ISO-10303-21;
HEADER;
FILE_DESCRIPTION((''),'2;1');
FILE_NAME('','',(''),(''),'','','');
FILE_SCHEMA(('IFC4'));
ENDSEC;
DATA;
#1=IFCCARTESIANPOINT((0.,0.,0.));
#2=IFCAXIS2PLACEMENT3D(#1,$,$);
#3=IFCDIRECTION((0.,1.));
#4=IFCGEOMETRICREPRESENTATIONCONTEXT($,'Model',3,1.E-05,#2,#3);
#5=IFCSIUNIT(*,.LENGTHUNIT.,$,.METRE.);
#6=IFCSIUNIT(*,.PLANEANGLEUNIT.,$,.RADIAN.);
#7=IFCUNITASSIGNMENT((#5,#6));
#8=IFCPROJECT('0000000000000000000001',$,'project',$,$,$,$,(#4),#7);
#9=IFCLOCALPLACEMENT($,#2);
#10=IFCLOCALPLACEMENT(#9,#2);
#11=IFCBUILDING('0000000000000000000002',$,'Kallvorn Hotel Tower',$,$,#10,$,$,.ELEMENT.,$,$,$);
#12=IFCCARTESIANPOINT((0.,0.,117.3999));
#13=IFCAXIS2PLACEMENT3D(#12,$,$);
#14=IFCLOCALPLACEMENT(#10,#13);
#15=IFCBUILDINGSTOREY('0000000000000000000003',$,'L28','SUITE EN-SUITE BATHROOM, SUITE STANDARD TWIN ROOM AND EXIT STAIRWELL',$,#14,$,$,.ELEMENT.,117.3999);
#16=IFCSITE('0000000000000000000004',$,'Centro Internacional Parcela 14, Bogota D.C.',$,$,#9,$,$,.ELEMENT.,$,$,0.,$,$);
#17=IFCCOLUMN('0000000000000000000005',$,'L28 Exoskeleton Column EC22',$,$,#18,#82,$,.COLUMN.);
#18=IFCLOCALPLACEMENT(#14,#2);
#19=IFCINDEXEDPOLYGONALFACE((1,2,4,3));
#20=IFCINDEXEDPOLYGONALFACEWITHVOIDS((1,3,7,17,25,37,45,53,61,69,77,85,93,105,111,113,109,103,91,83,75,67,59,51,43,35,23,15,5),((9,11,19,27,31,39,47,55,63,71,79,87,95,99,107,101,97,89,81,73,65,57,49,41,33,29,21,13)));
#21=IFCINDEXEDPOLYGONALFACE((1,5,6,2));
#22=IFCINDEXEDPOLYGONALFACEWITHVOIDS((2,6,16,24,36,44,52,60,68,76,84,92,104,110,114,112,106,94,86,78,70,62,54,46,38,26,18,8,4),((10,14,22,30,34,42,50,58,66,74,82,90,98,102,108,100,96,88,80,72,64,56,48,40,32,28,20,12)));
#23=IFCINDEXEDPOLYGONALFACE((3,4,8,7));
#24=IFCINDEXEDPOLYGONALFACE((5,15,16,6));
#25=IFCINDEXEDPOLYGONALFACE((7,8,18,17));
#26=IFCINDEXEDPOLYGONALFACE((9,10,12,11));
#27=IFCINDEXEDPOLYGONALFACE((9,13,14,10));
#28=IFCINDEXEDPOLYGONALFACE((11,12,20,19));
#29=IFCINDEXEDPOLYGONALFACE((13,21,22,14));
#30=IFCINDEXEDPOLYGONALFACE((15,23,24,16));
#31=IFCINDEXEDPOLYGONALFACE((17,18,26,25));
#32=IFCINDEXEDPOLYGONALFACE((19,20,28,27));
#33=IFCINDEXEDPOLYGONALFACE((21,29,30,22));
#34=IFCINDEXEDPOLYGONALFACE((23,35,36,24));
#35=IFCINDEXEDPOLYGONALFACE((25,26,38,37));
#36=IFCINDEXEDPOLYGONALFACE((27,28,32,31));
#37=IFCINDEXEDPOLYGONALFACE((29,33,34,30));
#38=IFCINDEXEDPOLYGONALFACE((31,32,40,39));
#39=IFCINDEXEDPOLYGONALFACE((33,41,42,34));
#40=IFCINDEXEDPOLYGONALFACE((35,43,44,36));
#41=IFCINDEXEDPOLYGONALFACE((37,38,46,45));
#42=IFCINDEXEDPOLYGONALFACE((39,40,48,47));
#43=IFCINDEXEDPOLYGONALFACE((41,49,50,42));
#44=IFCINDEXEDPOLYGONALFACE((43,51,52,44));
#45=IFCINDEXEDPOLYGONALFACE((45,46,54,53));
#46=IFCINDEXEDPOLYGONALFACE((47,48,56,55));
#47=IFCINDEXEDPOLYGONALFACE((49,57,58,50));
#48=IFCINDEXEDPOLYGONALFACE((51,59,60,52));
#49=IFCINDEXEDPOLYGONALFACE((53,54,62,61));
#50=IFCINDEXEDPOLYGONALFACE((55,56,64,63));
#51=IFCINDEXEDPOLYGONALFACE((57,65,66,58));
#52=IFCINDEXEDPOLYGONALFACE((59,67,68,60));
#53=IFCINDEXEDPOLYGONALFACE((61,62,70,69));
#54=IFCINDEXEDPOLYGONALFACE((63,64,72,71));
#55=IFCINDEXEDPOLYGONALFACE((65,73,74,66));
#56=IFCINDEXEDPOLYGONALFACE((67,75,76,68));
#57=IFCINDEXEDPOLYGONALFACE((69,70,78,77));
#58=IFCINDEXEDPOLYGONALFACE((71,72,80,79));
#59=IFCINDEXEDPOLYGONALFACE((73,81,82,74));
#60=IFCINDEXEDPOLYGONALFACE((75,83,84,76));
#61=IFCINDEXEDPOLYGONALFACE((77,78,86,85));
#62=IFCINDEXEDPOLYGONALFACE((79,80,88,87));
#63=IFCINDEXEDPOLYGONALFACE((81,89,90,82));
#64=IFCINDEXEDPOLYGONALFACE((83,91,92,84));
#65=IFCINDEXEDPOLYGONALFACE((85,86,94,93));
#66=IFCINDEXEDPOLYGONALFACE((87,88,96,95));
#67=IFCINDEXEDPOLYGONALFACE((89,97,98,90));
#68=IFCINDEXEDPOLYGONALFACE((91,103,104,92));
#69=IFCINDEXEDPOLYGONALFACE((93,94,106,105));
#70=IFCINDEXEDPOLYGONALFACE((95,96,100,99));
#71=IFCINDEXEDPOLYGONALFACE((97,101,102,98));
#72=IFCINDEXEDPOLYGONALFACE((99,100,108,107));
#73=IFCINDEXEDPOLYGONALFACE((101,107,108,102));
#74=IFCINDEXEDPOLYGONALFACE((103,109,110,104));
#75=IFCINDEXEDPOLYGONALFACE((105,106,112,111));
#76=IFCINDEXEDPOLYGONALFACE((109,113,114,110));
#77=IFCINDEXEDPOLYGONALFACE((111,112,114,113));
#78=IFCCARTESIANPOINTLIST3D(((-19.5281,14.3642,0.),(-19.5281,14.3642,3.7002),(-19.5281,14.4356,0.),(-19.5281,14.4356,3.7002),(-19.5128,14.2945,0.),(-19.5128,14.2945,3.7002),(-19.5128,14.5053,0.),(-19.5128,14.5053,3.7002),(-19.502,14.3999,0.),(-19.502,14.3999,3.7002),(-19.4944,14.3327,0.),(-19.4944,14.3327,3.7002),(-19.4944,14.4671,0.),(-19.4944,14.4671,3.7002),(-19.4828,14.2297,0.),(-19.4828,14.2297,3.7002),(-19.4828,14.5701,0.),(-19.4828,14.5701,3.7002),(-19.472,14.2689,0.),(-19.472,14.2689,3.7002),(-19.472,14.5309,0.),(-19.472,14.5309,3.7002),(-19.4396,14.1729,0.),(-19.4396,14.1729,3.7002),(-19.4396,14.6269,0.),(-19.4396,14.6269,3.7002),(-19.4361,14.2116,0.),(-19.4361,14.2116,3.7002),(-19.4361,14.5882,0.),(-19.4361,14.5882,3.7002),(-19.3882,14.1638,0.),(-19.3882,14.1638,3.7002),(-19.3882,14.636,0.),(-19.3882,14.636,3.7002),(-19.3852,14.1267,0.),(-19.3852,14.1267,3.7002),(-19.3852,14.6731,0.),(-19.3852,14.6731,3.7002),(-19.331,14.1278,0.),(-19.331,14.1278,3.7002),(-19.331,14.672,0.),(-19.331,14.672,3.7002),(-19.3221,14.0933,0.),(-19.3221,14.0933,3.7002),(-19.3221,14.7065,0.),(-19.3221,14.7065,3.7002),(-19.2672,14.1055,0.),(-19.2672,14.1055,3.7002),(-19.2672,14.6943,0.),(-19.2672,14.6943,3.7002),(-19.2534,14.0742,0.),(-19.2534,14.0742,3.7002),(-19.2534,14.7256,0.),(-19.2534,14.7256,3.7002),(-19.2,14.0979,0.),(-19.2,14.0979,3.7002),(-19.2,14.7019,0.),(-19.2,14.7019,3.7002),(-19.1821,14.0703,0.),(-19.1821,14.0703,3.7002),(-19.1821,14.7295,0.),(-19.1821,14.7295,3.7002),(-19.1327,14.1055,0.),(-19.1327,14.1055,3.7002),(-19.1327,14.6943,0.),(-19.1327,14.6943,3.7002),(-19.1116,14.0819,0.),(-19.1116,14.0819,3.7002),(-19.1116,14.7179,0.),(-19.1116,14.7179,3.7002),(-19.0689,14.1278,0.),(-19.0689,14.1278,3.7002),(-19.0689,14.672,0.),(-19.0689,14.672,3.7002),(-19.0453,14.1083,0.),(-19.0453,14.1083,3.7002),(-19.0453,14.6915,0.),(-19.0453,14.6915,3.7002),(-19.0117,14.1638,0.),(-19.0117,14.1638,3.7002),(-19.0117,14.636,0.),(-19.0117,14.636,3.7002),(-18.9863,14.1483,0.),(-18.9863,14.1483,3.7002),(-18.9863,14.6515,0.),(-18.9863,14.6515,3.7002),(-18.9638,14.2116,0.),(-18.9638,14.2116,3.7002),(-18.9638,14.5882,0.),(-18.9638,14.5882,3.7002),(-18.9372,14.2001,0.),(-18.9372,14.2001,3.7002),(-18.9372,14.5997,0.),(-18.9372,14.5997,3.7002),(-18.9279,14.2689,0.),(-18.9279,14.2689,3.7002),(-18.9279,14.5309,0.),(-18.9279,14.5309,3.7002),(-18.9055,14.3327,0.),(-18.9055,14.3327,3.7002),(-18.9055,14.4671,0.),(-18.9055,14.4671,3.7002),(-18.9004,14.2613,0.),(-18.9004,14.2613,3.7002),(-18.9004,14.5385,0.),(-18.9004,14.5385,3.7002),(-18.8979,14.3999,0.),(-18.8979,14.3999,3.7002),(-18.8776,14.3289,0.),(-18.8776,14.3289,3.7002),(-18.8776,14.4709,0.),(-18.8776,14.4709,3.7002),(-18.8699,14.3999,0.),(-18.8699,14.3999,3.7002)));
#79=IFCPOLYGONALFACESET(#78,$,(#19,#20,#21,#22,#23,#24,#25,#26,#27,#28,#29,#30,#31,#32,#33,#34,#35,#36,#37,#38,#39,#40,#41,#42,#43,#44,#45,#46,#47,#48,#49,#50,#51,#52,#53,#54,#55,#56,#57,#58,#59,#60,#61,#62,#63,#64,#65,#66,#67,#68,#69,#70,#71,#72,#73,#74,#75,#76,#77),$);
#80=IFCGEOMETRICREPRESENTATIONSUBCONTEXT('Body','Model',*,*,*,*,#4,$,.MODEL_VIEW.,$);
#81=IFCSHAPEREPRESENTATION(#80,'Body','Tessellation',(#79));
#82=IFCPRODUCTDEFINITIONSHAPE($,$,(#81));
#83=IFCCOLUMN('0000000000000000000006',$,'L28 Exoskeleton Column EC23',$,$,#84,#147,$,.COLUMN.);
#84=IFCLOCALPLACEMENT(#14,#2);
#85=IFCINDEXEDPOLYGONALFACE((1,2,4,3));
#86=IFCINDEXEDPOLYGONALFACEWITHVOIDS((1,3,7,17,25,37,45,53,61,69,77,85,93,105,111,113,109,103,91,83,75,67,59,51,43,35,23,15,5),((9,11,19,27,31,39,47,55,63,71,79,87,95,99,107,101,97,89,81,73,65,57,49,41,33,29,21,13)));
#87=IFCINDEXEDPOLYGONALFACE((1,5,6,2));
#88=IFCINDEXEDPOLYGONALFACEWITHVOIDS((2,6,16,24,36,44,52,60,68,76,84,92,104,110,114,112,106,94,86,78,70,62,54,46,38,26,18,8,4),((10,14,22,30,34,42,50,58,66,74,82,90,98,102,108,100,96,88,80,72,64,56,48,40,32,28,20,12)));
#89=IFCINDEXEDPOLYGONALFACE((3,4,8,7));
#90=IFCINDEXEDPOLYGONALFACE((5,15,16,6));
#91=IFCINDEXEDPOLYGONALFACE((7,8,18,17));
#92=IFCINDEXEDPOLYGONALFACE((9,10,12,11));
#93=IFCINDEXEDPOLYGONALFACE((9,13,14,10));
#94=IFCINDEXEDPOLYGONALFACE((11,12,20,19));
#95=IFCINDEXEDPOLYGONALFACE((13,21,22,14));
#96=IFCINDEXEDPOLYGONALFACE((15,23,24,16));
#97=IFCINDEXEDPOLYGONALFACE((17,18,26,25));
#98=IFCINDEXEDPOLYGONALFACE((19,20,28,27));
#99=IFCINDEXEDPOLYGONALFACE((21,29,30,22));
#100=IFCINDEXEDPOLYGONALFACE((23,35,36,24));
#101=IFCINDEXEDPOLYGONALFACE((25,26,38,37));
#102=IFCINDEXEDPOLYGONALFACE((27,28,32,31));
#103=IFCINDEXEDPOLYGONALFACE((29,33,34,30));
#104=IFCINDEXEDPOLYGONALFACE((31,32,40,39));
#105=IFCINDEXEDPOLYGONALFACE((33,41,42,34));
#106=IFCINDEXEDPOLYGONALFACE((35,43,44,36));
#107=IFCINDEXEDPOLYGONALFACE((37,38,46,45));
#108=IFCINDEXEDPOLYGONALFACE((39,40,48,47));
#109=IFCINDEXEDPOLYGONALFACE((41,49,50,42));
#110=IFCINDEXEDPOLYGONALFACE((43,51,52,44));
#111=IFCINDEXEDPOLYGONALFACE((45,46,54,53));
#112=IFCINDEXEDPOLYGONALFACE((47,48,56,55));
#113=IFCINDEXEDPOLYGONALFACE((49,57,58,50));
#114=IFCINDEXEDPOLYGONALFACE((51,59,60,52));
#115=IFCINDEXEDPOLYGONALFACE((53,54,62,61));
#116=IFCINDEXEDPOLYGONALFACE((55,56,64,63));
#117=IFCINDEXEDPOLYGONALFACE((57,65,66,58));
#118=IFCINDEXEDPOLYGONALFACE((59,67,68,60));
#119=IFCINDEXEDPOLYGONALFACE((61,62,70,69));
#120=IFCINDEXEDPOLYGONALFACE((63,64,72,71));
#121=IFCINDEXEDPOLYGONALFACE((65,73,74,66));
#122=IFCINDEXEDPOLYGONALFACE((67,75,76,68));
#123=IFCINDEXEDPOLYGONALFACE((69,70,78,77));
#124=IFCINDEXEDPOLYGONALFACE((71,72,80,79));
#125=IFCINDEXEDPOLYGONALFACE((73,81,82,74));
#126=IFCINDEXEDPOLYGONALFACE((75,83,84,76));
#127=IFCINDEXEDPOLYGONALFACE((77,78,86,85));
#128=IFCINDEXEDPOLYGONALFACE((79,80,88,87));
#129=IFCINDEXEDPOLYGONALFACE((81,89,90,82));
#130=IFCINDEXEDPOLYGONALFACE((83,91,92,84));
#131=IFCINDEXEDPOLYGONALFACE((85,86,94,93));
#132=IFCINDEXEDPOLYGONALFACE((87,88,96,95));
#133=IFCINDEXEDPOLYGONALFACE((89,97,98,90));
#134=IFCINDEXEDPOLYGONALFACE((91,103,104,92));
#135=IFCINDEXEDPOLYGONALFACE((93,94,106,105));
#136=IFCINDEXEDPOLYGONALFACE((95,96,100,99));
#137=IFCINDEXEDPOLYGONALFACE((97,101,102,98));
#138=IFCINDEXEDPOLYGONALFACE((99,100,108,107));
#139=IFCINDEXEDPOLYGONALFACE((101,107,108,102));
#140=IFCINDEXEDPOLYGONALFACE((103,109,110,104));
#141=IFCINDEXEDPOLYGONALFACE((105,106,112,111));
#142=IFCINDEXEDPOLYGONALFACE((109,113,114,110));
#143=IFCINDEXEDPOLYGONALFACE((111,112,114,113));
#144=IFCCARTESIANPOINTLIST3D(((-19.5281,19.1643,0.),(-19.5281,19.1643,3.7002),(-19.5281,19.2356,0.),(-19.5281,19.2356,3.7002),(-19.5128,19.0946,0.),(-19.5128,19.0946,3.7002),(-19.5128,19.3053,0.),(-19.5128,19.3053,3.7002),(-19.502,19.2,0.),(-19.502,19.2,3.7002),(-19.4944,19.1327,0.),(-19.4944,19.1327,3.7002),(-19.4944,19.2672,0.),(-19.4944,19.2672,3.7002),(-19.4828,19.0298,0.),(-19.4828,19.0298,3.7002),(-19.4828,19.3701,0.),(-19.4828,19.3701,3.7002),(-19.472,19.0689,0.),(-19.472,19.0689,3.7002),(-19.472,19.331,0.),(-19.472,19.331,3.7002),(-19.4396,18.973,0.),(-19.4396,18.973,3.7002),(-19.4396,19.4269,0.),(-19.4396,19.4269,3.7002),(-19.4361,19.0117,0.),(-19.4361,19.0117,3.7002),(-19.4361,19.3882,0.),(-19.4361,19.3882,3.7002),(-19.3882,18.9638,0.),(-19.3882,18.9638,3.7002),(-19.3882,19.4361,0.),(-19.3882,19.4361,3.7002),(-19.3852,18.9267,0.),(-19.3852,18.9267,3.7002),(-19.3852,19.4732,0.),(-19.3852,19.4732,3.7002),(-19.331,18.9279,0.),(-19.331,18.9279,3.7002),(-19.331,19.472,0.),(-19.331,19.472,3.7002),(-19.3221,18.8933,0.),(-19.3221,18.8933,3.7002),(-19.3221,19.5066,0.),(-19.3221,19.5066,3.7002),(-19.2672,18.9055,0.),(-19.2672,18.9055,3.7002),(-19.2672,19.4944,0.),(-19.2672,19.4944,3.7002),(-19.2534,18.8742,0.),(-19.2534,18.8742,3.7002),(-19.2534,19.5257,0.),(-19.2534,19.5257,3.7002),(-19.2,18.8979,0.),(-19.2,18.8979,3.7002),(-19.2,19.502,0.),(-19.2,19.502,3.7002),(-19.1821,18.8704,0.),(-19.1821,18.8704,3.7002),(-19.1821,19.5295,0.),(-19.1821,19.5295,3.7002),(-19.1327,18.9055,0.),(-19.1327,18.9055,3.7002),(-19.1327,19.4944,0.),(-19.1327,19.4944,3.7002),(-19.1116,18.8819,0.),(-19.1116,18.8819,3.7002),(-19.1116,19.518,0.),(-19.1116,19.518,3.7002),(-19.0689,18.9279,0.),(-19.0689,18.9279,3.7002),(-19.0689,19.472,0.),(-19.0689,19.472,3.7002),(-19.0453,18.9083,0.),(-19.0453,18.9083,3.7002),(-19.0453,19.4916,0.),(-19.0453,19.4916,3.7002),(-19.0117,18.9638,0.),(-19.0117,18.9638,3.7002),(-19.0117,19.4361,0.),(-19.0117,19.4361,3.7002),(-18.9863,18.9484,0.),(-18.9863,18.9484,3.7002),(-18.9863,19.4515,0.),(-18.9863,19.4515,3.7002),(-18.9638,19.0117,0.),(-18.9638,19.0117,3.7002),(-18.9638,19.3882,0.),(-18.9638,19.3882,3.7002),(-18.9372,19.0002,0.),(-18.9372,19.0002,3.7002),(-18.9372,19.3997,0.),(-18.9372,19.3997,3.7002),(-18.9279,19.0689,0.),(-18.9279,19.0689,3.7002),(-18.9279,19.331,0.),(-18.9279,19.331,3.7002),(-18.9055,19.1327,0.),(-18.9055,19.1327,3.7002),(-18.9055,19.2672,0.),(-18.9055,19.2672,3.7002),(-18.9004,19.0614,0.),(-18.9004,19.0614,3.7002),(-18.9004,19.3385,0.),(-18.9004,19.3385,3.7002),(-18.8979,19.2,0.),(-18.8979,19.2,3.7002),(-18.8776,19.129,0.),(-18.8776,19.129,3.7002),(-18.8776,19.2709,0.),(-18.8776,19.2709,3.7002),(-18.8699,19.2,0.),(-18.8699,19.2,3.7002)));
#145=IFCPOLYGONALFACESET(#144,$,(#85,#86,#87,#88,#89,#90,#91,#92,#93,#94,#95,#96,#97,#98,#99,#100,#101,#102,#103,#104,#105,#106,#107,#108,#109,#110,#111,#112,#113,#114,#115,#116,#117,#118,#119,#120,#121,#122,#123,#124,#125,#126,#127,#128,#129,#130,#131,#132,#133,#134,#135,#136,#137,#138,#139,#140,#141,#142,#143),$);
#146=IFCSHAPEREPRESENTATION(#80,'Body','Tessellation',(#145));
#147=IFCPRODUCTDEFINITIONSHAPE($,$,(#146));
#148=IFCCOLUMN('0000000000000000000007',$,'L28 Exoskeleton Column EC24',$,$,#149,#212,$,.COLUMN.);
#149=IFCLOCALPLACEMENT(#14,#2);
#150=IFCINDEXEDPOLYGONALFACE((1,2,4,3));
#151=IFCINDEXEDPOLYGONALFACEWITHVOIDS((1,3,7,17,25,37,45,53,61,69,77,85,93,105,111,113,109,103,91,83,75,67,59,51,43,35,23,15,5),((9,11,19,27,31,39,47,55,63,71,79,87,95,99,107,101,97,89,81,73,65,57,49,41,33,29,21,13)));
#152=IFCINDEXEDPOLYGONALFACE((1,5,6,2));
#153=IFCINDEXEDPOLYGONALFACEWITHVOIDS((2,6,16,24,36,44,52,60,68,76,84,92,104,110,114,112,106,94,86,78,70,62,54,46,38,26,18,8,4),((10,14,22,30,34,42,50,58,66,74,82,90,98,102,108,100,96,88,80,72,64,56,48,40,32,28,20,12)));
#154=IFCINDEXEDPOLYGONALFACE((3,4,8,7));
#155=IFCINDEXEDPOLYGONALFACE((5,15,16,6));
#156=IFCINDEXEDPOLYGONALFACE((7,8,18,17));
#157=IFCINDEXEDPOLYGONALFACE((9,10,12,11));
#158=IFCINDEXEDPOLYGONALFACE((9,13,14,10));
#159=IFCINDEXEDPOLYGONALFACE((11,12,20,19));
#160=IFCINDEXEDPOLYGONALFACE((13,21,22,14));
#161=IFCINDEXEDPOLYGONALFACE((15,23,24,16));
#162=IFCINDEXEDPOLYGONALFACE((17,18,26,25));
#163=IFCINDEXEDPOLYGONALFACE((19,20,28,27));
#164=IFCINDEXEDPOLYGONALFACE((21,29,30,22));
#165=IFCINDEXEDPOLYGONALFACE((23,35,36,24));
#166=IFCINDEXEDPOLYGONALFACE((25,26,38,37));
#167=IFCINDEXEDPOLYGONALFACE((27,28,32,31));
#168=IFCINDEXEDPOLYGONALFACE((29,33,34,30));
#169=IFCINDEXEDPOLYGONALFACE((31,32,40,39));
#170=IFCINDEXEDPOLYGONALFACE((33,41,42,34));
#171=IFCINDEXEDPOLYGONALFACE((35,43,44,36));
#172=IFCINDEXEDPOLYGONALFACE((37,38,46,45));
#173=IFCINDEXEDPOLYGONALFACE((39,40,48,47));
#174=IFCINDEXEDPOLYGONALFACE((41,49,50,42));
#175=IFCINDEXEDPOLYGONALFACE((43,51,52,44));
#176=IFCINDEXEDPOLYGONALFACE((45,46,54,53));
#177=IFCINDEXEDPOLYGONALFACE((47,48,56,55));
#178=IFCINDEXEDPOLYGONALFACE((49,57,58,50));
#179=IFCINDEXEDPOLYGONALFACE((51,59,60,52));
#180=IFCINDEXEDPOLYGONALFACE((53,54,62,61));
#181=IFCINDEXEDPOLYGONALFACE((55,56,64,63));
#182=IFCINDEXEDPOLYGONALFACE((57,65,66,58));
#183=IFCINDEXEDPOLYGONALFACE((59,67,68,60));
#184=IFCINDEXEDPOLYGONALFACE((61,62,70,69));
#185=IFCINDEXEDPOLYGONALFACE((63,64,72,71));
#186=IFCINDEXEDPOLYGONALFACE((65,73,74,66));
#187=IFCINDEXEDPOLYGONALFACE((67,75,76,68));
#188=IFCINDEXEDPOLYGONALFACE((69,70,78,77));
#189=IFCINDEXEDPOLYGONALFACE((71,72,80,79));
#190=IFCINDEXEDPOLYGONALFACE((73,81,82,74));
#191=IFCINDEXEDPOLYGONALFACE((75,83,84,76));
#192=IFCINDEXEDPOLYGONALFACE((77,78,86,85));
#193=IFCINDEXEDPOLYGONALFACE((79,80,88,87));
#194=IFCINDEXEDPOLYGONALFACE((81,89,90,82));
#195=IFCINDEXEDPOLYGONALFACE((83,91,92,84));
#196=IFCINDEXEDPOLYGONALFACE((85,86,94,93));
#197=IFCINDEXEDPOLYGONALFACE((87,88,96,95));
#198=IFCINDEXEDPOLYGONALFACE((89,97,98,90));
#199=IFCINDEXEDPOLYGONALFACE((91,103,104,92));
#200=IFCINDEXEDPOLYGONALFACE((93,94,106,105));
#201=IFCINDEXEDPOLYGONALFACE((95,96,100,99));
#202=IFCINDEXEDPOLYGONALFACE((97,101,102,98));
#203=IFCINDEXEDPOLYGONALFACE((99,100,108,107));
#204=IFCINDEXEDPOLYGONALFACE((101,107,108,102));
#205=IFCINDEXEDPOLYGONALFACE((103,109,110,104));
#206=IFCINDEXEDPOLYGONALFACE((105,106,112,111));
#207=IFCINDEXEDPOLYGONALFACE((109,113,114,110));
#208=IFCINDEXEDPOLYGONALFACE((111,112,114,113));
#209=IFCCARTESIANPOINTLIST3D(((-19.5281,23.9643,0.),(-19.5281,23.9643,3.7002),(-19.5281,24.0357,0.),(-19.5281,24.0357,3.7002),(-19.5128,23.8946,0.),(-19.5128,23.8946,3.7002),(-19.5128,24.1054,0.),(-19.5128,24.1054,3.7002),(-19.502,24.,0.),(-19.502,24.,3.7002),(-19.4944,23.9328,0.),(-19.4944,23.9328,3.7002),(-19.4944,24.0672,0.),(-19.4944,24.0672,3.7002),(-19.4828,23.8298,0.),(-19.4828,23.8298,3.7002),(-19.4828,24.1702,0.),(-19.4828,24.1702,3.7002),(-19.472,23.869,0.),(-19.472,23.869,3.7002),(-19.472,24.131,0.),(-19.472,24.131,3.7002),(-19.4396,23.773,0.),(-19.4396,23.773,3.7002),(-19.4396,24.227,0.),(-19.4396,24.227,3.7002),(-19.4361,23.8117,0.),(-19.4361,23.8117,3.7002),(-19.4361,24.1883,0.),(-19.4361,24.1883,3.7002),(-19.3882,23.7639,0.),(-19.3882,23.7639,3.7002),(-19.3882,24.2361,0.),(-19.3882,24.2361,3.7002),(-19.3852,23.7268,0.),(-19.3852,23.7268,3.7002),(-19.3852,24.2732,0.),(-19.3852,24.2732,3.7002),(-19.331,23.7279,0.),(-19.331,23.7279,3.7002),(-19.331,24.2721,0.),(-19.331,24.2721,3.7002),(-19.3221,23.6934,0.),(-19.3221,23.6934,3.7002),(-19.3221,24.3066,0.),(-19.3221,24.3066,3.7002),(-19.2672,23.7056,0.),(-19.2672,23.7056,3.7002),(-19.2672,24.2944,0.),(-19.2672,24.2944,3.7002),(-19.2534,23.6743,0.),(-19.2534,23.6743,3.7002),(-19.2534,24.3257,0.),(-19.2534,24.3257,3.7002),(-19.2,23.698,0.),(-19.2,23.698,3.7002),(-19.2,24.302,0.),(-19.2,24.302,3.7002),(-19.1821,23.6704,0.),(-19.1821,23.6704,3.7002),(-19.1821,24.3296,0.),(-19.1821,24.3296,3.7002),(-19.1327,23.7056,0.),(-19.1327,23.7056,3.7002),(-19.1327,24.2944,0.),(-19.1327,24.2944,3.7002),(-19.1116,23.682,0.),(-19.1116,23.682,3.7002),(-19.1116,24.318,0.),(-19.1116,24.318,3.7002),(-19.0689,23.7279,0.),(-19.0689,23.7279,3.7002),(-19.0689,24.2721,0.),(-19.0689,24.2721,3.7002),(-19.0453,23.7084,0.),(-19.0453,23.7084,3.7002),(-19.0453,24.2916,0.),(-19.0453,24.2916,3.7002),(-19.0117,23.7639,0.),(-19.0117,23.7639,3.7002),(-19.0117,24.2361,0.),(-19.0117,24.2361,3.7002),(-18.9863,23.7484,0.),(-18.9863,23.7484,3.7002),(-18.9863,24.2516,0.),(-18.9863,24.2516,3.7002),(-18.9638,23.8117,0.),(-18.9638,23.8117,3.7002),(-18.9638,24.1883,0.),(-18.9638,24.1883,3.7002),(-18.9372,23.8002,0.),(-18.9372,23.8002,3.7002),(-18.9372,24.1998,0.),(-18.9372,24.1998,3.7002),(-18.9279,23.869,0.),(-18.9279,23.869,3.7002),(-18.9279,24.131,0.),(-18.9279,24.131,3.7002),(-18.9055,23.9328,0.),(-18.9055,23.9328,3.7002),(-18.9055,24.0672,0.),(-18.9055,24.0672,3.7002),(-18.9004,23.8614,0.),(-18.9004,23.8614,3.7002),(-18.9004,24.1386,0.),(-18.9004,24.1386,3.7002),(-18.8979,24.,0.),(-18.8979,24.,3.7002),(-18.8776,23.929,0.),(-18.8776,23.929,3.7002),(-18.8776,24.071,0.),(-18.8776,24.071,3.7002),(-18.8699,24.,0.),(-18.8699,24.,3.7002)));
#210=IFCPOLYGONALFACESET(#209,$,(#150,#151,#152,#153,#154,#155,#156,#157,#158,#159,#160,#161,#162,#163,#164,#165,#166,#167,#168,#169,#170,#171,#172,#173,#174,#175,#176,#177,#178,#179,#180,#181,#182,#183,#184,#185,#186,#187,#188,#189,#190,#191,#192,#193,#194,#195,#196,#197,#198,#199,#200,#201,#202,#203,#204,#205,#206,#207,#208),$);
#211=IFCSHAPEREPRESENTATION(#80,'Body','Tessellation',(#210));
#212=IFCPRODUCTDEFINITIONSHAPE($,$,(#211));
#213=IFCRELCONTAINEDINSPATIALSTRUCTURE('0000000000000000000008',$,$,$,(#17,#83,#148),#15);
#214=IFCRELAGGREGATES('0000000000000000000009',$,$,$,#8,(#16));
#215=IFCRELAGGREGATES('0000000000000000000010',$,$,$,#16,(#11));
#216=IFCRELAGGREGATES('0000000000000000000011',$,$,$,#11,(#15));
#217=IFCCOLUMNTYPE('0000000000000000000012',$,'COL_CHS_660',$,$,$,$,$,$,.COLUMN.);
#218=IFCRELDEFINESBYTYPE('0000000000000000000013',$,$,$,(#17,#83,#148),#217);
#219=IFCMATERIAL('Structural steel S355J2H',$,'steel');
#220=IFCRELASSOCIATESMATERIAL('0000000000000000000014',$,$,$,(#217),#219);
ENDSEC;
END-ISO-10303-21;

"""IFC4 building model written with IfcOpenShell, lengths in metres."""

from ifc_helpers import new_model, si_unit, direction, frame, origin, origin_2d, place, context, subcontext, project, spatial, hollow_circle, extrude, material, material_profile, profile_set, type_object, element, save


model = new_model("IFC4")

# Units and contexts
model_context = context("Model", 3, precision=1e-05, world=origin(), true_north=direction((0.0, 1.0)))
body_context = subcontext(model_context, "Body", "Model", "MODEL_VIEW")
ifc_project = project(units=[si_unit("LENGTHUNIT", "METRE"), si_unit("PLANEANGLEUNIT", "RADIAN")], contexts=[model_context])

# Site, building, storey
site_placement = place(None, origin())
site = spatial("IfcSite", under=ifc_project, at=site_placement, Name="Centro Internacional Parcela 14, Bogota D.C.", CompositionType="ELEMENT", RefElevation=0.0)
building_placement = place(site_placement, origin())
building = spatial("IfcBuilding", under=site, at=building_placement, Name="Kallvorn Hotel Tower", CompositionType="ELEMENT")
storey_placement = place(building_placement, frame((0.0, 0.0, 117.3999)))
storey = spatial("IfcBuildingStorey", under=building, at=storey_placement, Name="L28", Description="SUITE EN-SUITE BATHROOM, SUITE STANDARD TWIN ROOM AND EXIT STAIRWELL", CompositionType="ELEMENT", Elevation=117.3999)

# Columns
ifc_material_1 = material(Name="Structural steel S355J2H", Category="steel")
ifc_material_profile_1 = material_profile(ifc_material_1, hollow_circle(Radius=0.3301, WallThickness=0.0281, at=origin_2d()), Name="CHS 660x28")
ifc_profile_set_1 = profile_set([ifc_material_profile_1], Name="Structural steel S355J2H")
column_type_1 = type_object("IfcColumnType", Name="COL_CHS_660", PredefinedType="COLUMN", material=ifc_profile_set_1)
for number, where, z_axis, x_axis, name in (
    (1, (-19.2, 14.3999, 0.0), (0.0, 0.0, 1.0), (1.0, 0.0, 0.0), "L28 Exoskeleton Column EC22"),
    (2, (-19.2, 19.2, 0.0), (0.0, 0.0, 1.0), (1.0, 0.0, 0.0), "L28 Exoskeleton Column EC23"),
    (3, (-19.2, 24.0, 0.0), (0.0, 0.0, 1.0), (1.0, 0.0, 0.0), "L28 Exoskeleton Column EC24"),
):
    element("IfcColumn", number, at=place(storey_placement, frame(where, z_axis=z_axis, x_axis=x_axis)), inside=storey, type_object=column_type_1, Name=name, PredefinedType="COLUMN", context=body_context, shape_type="SweptSolid", body=[
        extrude(hollow_circle(Radius=0.3301, WallThickness=0.0281, at=origin_2d()), origin(), (0.0, 0.0, 1.0), 3.7002),
    ])

save(model, "model.ifc")
